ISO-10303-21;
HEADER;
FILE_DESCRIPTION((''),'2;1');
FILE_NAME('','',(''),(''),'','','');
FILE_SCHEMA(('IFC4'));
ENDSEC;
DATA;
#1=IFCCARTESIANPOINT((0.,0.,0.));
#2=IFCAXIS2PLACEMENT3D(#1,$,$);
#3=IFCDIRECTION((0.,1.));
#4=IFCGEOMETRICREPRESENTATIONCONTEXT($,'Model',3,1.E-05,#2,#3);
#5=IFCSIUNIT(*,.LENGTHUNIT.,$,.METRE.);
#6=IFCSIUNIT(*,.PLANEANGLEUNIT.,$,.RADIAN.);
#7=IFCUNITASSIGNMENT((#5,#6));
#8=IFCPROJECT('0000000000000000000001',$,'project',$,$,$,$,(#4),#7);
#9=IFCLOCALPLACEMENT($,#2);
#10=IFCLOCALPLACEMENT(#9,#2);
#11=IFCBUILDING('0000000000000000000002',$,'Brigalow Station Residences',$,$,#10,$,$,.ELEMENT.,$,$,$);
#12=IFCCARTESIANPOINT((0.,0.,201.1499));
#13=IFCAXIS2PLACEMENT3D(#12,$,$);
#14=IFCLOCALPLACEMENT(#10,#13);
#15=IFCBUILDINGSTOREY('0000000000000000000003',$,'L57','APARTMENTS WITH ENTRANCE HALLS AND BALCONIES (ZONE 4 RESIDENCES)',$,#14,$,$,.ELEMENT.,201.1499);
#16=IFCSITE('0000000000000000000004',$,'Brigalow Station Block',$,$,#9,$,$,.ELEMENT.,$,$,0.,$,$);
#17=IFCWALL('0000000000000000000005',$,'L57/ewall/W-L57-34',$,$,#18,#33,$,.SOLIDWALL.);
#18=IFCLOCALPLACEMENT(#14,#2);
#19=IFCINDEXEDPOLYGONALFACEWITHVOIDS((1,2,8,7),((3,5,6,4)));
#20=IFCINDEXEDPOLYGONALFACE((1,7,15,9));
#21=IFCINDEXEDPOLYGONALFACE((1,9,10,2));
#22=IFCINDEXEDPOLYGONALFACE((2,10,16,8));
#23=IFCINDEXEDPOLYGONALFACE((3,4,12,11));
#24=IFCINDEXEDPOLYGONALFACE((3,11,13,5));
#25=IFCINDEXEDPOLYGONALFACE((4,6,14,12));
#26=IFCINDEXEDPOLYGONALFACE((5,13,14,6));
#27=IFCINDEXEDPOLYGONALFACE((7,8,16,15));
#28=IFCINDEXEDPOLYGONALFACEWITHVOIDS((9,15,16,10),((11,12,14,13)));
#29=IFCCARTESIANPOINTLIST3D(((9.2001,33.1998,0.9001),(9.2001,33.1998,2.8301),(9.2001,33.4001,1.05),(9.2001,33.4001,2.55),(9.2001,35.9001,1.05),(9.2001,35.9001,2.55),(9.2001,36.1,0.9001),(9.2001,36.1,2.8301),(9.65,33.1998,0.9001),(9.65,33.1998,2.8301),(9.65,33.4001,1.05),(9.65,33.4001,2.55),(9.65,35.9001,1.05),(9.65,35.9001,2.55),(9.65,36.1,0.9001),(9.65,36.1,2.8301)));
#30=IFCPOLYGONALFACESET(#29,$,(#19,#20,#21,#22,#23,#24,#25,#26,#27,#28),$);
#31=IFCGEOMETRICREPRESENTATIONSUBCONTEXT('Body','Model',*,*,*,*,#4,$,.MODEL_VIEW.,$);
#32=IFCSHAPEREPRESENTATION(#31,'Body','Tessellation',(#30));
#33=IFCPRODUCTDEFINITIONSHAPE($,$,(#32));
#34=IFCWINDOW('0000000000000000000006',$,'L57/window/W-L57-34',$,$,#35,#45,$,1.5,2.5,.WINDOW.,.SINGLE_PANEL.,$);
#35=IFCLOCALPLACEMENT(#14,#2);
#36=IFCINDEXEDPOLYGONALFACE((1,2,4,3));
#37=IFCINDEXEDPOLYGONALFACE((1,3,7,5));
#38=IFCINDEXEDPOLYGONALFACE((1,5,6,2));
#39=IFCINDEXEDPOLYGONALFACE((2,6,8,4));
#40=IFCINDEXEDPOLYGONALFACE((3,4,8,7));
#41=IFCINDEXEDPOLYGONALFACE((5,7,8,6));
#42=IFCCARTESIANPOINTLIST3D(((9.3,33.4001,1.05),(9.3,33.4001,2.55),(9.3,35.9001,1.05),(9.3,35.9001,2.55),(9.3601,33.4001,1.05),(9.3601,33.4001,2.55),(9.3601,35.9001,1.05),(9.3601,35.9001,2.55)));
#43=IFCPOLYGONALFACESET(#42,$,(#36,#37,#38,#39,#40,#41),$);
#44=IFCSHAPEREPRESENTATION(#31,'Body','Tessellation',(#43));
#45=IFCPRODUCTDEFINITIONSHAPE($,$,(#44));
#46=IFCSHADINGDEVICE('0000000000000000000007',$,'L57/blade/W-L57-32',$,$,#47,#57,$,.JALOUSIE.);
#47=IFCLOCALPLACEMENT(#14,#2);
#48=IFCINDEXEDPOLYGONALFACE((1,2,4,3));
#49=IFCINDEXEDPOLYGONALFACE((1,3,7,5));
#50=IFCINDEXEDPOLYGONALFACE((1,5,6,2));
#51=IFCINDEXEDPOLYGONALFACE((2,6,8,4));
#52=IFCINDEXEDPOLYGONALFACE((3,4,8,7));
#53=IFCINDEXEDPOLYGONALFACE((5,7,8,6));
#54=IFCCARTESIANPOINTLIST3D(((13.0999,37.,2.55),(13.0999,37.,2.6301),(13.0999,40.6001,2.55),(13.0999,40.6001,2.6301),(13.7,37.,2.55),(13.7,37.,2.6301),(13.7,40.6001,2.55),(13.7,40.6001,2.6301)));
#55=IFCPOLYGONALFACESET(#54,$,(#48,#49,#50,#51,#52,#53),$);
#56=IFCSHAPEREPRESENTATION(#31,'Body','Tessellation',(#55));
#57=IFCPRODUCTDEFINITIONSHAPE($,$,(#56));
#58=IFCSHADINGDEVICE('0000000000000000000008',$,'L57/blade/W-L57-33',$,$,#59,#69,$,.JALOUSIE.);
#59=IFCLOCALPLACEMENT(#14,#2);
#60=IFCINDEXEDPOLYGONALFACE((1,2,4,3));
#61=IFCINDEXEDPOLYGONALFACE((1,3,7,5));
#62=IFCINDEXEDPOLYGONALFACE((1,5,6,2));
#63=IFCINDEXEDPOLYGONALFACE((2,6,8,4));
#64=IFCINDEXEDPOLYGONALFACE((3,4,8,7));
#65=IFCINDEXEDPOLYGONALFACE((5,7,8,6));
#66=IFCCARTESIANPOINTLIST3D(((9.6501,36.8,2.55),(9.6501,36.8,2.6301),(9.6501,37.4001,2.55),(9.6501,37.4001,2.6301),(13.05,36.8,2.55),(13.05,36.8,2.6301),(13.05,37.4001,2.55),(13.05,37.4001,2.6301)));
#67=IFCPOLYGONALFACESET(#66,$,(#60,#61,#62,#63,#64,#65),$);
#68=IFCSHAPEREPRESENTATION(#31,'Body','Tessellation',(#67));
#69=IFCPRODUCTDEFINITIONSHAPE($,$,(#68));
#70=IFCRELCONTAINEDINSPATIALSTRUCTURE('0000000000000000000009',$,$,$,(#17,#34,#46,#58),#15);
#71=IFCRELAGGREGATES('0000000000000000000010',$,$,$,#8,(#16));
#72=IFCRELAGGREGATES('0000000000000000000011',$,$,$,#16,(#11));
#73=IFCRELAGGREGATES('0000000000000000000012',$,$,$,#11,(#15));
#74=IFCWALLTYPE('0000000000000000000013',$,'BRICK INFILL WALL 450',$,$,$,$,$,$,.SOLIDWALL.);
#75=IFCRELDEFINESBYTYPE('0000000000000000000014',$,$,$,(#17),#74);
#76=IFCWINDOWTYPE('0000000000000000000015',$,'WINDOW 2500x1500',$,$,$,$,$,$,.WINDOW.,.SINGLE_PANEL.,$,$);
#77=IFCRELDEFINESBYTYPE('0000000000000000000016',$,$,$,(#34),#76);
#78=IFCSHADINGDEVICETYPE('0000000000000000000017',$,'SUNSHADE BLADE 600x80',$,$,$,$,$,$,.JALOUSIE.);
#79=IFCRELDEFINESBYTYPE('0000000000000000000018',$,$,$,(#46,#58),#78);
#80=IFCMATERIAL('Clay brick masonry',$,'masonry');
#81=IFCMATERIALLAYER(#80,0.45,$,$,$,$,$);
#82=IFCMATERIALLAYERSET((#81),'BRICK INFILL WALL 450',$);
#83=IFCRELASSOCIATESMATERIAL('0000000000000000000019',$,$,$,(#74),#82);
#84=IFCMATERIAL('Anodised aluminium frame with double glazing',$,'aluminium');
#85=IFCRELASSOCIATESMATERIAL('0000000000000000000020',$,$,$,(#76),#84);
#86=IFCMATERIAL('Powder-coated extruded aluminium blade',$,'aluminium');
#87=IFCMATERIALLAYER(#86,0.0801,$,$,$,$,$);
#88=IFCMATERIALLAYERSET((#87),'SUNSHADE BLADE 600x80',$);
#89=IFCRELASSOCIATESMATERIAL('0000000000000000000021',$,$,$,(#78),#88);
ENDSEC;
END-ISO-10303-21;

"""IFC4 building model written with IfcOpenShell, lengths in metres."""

from ifc_helpers import new_model, si_unit, direction, frame, frame_2d, origin, origin_2d, place, context, subcontext, project, spatial, rectangle, extrude, material, layer, layer_set, type_object, element, fill, save


model = new_model("IFC4")

# Units and contexts
model_context = context("Model", 3, precision=1e-05, world=origin(), true_north=direction((0.0, 1.0)))
body_context = subcontext(model_context, "Body", "Model", "MODEL_VIEW")
ifc_project = project(units=[si_unit("LENGTHUNIT", "METRE"), si_unit("PLANEANGLEUNIT", "RADIAN")], contexts=[model_context])

# Site, building, storey
site_placement = place(None, origin())
site = spatial("IfcSite", under=ifc_project, at=site_placement, Name="Brigalow Station Block", CompositionType="ELEMENT", RefElevation=0.0)
building_placement = place(site_placement, origin())
building = spatial("IfcBuilding", under=site, at=building_placement, Name="Brigalow Station Residences", CompositionType="ELEMENT")
storey_placement = place(building_placement, frame((0.0, 0.0, 201.1499)))
storey = spatial("IfcBuildingStorey", under=building, at=storey_placement, Name="L57", Description="APARTMENTS WITH ENTRANCE HALLS AND BALCONIES (ZONE 4 RESIDENCES)", CompositionType="ELEMENT", Elevation=201.1499)

# Shared definitions
ifc_material_1 = material(Name="Clay brick masonry", Category="masonry")
ifc_layer_1 = layer(ifc_material_1, 0.45)
ifc_layer_set_1 = layer_set([ifc_layer_1], Name="BRICK INFILL WALL 450")
wall_type = type_object("IfcWallType", Name="BRICK INFILL WALL 450", PredefinedType="SOLIDWALL", material=ifc_layer_set_1)

# Wall, opening, window
wall_1_placement = place(storey_placement, frame((9.425, 36.1001, 0.9001), z_axis=(0.0, 0.0, 1.0), x_axis=(0.0, -1.0, 0.0)))
wall_1 = element("IfcWall", 1, at=wall_1_placement, inside=storey, type_object=wall_type, Name="L57/ewall/W-L57-34", PredefinedType="SOLIDWALL", context=body_context, shape_type="SweptSolid", body=[
    extrude(rectangle(XDim=2.9001, YDim=0.45, at=frame_2d((1.4502, 0.0))), origin(), (0.0, 0.0, 1.0), 1.9299),
])
opening_1_placement = place(wall_1_placement, frame((0.2, 0.0, 0.1499)))
opening_1 = element("IfcOpeningElement", 2, at=opening_1_placement, cuts=wall_1, PredefinedType="OPENING", context=body_context, shape_type="SweptSolid", body=[
    extrude(rectangle(XDim=2.5, YDim=1.5, at=frame_2d((1.25, 0.75))), frame((0.0, 0.2349, 0.0), z_axis=(0.0, -1.0, 0.0), x_axis=(1.0, 0.0, 0.0)), (0.0, 0.0, 1.0), 0.47),
])
ifc_material_2 = material(Name="Anodised aluminium frame with double glazing", Category="aluminium")
window_type_1 = type_object("IfcWindowType", Name="WINDOW 2500x1500", PartitioningType="SINGLE_PANEL", PredefinedType="WINDOW", material=ifc_material_2)
window_1_placement = place(opening_1_placement, origin())
window_1 = element("IfcWindow", 3, at=window_1_placement, inside=storey, type_object=window_type_1, Name="L57/window/W-L57-34", OverallHeight=1.5, OverallWidth=2.5, PartitioningType="SINGLE_PANEL", PredefinedType="WINDOW", context=body_context, shape_type="SweptSolid", body=[
    extrude(rectangle(XDim=2.5, YDim=1.5, at=frame_2d((1.25, 0.75))), frame((0.0, -0.0649, 0.0), z_axis=(0.0, -1.0, 0.0), x_axis=(1.0, 0.0, 0.0)), (0.0, 0.0, 1.0), 0.0601),
])
fill(opening_1, window_1)

# Shading devices
ifc_material_3 = material(Name="Powder-coated extruded aluminium blade", Category="aluminium")
ifc_layer_2 = layer(ifc_material_3, 0.0801)
ifc_layer_set_2 = layer_set([ifc_layer_2], Name="SUNSHADE BLADE 600x80")
shading_device_type = type_object("IfcShadingDeviceType", Name="SUNSHADE BLADE 600x80", PredefinedType="JALOUSIE", material=ifc_layer_set_2)
shading_device_1_placement = place(storey_placement, frame((13.3999, 38.8, 2.55), z_axis=(0.0, 0.0, 1.0), x_axis=(0.0, -1.0, 0.0)))
element("IfcShadingDevice", 4, at=shading_device_1_placement, inside=storey, type_object=shading_device_type, Name="L57/blade/W-L57-32", PredefinedType="JALOUSIE", context=body_context, shape_type="SweptSolid", body=[
    extrude(rectangle(XDim=3.6001, YDim=0.6001, at=origin_2d()), origin(), (0.0, 0.0, 1.0), 0.0801),
])
shading_device_2_placement = place(storey_placement, frame((11.3501, 37.1001, 2.55), z_axis=(0.0, 0.0, 1.0), x_axis=(-1.0, 0.0, 0.0)))
element("IfcShadingDevice", 5, at=shading_device_2_placement, inside=storey, type_object=shading_device_type, Name="L57/blade/W-L57-33", PredefinedType="JALOUSIE", context=body_context, shape_type="SweptSolid", body=[
    extrude(rectangle(XDim=3.3999, YDim=0.6001, at=origin_2d()), origin(), (0.0, 0.0, 1.0), 0.0801),
])

save(model, "model.ifc")
